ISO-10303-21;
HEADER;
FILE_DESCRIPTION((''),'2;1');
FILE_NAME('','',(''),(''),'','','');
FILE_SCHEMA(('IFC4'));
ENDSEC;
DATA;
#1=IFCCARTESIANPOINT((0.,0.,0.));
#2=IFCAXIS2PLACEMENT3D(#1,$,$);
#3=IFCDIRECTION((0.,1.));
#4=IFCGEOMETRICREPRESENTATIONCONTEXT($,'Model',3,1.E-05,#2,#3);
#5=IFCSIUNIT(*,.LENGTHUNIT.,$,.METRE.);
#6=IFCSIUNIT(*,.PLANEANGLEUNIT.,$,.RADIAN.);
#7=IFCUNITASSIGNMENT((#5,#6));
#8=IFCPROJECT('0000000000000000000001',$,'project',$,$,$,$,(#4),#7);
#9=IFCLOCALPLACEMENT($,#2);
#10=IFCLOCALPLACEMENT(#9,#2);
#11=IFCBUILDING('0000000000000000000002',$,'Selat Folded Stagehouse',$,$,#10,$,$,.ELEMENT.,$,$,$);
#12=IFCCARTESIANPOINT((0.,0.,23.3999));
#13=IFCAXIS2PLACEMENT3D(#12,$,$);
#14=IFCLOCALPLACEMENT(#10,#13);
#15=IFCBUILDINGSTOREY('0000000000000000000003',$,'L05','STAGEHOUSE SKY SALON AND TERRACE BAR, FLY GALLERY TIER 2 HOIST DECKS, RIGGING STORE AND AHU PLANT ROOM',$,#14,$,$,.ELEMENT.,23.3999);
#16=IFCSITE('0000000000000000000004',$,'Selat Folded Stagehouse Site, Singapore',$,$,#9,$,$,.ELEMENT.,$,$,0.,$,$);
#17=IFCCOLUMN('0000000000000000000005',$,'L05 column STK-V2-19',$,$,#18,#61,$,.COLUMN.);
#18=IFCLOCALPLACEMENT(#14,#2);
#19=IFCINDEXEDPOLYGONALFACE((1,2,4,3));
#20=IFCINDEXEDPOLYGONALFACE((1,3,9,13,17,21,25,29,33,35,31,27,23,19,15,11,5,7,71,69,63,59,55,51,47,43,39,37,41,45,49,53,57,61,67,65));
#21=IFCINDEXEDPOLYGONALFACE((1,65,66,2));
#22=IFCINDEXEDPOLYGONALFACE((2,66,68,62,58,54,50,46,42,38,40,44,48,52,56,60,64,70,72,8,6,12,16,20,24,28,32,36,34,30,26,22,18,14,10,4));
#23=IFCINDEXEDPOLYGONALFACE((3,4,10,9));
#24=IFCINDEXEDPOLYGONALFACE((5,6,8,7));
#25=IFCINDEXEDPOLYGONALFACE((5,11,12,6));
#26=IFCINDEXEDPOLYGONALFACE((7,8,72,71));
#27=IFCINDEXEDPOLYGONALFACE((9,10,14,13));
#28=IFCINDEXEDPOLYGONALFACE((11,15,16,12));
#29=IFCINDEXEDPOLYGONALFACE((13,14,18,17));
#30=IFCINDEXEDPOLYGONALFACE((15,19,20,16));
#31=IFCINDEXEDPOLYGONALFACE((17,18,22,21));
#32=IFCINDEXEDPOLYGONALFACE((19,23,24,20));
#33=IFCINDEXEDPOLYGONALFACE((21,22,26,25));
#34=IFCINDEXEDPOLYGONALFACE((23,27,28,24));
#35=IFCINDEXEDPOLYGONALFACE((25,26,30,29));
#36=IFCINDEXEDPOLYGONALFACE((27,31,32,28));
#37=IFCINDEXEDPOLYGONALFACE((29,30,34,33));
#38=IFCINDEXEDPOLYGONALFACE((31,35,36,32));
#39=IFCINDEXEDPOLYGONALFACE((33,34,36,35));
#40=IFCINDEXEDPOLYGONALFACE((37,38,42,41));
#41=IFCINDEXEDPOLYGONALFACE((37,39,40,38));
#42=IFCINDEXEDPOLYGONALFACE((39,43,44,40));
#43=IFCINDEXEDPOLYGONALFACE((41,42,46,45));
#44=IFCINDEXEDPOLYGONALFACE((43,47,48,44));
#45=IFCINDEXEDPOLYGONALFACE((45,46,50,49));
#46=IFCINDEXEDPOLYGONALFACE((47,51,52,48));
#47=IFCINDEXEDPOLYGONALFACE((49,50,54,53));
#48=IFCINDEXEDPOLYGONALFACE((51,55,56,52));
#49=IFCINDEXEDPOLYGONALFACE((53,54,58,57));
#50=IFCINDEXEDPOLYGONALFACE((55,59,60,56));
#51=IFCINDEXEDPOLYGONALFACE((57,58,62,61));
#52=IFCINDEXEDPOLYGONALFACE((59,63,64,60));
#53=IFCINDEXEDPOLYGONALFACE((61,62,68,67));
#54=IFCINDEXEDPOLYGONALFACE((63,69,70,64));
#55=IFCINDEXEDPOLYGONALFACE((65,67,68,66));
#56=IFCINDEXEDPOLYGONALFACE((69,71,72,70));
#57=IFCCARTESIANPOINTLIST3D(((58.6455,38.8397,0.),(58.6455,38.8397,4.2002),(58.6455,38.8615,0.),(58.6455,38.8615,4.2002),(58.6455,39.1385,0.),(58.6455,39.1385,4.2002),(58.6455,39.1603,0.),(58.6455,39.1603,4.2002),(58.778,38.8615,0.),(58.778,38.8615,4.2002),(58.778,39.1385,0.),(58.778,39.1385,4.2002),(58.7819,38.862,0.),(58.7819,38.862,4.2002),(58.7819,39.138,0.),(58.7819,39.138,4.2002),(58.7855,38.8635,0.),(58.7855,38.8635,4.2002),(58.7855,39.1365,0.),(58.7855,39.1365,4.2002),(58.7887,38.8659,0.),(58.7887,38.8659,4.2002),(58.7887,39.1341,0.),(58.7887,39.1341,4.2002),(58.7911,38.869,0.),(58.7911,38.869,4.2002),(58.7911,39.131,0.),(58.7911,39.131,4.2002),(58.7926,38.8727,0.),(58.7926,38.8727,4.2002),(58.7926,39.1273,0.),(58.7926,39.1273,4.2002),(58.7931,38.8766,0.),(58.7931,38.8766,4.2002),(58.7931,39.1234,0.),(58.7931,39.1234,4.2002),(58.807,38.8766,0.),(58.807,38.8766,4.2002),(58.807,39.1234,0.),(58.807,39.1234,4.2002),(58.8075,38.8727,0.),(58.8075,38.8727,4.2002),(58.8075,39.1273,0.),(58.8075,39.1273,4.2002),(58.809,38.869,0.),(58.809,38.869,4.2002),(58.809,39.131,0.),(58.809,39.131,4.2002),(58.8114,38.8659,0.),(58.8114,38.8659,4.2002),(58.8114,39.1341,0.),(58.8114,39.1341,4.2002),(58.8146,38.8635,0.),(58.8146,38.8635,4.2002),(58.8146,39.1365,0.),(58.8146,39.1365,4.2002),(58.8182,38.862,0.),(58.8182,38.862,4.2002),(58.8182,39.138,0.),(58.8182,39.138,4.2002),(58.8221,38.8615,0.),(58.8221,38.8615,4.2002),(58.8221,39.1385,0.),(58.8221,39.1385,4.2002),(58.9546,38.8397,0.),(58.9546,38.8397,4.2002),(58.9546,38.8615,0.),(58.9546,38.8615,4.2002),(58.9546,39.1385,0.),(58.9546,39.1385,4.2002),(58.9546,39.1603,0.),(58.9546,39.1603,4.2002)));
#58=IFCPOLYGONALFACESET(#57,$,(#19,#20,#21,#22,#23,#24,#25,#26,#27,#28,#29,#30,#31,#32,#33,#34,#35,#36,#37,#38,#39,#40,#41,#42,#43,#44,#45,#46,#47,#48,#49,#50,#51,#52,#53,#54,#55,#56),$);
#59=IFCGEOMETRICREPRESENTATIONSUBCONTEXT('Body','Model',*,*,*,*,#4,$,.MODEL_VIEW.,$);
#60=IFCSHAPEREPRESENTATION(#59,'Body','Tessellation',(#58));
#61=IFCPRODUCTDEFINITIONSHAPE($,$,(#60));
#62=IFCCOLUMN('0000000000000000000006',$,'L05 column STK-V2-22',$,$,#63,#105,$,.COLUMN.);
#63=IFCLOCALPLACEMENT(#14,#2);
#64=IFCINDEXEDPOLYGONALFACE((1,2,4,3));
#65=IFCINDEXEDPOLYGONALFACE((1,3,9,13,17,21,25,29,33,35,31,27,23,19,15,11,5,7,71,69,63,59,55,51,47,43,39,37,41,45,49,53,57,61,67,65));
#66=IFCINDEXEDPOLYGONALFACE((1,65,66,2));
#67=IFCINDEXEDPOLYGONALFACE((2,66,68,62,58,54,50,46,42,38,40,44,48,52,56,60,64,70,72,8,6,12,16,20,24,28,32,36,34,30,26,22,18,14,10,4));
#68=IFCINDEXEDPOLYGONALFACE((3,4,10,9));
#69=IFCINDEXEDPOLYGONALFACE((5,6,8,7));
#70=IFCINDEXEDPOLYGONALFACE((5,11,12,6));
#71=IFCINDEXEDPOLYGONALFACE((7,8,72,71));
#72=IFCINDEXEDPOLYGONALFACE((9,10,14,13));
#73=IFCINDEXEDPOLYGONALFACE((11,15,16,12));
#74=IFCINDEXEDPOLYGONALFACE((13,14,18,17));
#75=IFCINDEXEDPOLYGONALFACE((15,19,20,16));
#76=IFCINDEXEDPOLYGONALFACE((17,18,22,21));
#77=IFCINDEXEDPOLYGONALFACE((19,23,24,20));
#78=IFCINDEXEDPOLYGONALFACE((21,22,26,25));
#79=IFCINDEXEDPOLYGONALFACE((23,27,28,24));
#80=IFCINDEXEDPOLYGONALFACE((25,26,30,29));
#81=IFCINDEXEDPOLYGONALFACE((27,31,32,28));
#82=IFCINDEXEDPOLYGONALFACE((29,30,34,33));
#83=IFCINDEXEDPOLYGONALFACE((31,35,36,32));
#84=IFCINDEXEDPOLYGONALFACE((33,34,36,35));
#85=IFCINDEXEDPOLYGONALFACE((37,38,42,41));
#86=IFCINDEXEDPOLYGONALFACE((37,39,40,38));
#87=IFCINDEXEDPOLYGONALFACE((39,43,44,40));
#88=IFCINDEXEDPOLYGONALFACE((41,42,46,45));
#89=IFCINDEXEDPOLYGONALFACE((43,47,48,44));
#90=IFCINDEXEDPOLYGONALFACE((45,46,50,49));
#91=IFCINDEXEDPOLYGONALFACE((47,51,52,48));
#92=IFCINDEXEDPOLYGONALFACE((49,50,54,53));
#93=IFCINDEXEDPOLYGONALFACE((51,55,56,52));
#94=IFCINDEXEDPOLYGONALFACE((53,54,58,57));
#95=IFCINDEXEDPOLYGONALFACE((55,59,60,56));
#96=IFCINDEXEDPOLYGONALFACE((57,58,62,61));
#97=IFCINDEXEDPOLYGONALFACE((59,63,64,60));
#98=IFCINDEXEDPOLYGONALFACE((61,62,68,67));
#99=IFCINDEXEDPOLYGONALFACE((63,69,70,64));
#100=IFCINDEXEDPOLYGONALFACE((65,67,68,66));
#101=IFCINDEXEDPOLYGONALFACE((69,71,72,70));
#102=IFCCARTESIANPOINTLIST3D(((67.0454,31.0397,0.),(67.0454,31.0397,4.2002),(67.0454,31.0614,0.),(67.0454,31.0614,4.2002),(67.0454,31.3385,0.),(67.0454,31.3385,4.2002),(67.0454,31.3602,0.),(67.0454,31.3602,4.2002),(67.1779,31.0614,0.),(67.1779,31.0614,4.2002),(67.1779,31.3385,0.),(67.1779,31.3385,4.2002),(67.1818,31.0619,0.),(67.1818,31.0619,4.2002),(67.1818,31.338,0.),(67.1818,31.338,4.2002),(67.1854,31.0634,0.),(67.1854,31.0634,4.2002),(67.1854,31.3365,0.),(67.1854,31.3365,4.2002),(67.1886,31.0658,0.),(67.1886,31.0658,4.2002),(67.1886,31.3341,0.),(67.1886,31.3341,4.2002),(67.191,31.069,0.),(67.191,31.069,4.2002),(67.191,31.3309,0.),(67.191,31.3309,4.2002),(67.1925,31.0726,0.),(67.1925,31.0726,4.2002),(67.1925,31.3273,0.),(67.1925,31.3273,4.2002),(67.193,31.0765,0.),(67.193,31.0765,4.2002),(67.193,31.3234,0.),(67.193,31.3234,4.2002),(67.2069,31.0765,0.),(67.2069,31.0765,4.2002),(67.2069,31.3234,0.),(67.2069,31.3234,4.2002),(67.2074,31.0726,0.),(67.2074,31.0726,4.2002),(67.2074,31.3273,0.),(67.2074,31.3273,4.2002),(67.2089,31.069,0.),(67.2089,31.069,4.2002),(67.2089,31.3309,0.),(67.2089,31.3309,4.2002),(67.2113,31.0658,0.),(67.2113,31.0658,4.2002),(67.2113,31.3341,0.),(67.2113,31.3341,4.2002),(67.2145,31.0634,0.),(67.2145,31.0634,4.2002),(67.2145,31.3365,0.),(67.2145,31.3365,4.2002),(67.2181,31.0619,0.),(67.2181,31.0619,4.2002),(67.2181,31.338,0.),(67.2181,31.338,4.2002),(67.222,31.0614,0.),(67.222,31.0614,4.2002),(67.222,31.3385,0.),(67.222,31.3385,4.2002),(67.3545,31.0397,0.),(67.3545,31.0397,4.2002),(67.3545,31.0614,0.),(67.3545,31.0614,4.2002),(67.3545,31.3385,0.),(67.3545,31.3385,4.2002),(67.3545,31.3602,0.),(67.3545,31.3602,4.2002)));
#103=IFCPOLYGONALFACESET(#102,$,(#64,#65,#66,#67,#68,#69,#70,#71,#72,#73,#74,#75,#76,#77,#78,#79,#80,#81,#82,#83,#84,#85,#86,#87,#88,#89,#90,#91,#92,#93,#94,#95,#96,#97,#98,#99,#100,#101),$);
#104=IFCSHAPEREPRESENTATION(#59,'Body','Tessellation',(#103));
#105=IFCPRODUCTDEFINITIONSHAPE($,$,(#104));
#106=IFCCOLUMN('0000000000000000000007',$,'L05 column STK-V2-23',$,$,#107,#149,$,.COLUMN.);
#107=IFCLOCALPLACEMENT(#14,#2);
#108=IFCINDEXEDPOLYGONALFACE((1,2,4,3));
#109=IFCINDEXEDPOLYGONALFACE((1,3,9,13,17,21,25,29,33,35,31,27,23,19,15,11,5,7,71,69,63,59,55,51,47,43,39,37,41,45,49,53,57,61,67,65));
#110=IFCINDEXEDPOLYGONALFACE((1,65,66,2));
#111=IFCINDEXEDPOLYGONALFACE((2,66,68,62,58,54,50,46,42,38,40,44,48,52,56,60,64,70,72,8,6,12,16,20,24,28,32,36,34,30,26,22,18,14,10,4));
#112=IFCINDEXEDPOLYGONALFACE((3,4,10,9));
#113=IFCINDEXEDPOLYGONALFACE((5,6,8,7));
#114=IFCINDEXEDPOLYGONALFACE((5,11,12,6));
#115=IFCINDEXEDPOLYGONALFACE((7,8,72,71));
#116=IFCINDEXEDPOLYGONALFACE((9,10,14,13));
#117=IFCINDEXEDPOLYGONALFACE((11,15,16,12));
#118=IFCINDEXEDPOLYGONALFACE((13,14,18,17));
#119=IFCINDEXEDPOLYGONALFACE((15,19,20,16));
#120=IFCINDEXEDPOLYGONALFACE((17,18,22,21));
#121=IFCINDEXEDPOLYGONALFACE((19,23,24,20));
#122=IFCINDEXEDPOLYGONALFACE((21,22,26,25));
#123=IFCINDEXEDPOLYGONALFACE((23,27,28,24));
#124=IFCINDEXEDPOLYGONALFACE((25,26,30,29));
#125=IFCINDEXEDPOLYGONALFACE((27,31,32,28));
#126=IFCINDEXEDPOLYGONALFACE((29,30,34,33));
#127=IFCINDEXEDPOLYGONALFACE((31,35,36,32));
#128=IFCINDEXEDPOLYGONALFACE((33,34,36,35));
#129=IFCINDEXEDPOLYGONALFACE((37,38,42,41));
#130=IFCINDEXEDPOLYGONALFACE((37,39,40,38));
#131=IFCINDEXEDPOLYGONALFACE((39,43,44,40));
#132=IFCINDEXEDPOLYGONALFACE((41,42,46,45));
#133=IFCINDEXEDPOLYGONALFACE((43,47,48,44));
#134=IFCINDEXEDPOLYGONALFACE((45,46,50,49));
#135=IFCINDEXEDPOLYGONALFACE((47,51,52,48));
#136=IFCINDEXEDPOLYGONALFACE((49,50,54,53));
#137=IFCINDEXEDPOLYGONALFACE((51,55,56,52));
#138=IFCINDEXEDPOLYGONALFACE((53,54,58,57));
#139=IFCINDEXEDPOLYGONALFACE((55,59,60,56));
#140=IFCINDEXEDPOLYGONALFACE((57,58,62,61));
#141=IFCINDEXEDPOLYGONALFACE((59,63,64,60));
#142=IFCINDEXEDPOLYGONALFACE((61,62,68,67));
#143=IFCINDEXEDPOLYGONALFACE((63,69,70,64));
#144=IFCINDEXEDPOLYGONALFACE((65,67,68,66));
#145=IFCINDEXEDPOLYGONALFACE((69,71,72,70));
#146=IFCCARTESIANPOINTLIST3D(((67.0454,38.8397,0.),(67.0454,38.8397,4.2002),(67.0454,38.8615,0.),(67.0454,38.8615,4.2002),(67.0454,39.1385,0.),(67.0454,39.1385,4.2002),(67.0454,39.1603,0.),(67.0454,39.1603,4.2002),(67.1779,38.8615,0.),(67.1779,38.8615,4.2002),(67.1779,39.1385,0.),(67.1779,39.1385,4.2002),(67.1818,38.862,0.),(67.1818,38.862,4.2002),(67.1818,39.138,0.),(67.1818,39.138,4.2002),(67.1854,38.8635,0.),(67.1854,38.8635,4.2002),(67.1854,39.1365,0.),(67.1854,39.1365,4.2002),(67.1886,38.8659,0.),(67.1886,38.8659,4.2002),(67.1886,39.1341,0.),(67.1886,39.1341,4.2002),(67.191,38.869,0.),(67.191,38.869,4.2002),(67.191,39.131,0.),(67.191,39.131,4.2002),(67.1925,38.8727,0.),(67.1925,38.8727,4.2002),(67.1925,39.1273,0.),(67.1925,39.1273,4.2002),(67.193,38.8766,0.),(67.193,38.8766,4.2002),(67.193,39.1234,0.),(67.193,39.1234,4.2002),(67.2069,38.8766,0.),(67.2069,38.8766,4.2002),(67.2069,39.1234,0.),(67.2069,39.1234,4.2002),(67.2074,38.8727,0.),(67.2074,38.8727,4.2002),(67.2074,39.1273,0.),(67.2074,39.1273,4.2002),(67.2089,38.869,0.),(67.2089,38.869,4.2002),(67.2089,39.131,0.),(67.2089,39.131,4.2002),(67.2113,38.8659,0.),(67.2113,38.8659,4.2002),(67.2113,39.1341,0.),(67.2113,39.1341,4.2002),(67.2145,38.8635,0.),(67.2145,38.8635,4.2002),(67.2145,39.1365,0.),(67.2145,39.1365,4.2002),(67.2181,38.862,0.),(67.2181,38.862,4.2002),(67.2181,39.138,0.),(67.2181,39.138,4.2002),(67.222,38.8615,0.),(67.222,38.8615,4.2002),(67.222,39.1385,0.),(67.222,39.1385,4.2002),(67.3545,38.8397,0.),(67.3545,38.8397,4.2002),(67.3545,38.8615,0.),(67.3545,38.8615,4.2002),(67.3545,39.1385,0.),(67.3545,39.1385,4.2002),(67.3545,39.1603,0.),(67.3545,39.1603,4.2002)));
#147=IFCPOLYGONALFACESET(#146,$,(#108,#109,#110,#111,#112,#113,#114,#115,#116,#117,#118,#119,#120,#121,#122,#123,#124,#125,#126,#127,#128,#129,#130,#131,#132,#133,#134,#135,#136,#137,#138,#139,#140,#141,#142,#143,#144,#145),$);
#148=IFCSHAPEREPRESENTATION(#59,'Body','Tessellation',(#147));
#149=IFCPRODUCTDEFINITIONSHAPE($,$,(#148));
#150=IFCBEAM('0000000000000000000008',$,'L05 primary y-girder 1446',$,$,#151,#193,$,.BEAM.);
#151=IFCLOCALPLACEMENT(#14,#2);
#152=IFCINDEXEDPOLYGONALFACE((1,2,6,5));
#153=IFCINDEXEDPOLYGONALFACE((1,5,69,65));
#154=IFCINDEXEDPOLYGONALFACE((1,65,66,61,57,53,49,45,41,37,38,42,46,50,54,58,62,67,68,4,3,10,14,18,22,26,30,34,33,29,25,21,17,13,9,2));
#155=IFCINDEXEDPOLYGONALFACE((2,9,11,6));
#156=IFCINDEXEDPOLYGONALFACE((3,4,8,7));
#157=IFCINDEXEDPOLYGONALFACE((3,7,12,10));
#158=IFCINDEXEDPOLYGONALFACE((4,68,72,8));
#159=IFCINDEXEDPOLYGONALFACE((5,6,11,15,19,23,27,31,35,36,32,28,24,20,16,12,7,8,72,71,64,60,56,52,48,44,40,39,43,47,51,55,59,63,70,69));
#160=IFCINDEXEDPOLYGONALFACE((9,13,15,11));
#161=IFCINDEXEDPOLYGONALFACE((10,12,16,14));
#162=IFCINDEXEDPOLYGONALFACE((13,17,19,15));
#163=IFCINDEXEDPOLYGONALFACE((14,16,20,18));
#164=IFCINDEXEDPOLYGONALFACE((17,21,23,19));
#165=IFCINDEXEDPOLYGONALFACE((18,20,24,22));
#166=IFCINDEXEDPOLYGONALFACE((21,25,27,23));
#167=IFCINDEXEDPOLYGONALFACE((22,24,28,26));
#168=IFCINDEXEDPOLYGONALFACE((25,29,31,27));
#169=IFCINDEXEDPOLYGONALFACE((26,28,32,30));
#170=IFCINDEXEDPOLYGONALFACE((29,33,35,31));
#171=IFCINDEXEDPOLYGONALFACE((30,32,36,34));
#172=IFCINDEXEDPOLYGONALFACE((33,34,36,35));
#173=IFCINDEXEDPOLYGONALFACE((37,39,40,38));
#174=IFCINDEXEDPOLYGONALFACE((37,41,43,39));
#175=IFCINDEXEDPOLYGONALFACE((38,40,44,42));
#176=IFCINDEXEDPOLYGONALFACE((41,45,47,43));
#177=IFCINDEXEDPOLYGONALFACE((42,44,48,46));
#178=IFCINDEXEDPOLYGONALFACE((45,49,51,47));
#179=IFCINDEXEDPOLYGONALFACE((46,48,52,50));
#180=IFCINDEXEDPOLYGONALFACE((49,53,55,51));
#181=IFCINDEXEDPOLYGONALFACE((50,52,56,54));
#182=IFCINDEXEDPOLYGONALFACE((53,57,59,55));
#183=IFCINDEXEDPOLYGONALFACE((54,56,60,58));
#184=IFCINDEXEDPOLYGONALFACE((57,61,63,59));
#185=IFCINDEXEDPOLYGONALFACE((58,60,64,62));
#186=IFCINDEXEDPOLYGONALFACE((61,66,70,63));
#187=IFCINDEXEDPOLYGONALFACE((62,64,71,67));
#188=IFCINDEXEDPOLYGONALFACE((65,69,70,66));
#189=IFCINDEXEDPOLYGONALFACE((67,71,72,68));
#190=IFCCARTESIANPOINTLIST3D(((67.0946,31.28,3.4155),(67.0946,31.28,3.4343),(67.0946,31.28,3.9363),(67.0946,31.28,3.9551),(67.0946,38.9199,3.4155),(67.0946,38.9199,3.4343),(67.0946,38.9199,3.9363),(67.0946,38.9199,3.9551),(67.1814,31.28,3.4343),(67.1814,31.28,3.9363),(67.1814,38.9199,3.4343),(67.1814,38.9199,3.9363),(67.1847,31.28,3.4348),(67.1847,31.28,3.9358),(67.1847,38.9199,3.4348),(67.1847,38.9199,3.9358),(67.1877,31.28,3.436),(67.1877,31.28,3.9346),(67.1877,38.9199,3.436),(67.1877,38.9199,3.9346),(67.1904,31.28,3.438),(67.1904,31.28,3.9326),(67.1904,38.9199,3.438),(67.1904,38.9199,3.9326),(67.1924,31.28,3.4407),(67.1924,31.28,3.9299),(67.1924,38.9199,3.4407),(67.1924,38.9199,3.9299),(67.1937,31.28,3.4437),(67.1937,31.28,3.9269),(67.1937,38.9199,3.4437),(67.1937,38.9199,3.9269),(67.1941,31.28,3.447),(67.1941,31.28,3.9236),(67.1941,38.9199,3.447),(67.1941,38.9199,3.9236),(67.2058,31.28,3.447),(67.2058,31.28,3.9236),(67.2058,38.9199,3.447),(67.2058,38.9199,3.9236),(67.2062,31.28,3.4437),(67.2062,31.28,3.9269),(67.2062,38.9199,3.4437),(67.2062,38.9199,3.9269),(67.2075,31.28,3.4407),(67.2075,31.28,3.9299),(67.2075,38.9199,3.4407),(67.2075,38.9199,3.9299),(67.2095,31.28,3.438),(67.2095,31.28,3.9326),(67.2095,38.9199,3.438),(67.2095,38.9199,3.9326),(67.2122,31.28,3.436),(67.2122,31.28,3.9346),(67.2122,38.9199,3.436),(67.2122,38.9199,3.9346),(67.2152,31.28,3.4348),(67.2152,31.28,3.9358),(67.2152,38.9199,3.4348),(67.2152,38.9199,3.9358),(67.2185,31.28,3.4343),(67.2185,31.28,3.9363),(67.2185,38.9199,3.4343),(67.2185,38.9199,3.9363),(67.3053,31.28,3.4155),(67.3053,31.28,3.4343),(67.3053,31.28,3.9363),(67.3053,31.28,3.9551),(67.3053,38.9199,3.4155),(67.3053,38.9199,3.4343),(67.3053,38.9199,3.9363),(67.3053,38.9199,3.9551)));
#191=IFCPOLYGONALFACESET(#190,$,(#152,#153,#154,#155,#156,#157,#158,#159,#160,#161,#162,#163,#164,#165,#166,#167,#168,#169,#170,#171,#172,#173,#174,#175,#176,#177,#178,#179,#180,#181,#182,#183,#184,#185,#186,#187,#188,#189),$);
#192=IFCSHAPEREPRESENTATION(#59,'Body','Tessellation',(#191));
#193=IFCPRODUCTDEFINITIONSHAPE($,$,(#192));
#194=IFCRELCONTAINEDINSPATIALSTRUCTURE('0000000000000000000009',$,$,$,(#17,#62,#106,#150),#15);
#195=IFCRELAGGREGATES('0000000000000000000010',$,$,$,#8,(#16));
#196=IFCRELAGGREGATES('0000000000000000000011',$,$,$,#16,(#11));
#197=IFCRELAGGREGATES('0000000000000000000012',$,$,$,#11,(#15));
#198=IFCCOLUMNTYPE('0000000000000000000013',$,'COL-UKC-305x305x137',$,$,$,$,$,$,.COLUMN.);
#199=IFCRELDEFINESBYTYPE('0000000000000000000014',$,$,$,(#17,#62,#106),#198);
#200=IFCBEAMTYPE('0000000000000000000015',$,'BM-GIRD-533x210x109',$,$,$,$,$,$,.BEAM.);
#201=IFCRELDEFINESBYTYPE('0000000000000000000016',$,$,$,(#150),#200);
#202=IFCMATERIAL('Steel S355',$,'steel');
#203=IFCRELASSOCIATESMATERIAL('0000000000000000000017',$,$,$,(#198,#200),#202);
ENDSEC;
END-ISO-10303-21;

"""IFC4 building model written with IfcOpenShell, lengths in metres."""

from ifc_helpers import new_model, si_unit, direction, frame, origin, origin_2d, place, context, subcontext, project, spatial, i_section, extrude, material, material_profile, profile_set, type_object, element, save


model = new_model("IFC4")

# Units and contexts
model_context = context("Model", 3, precision=1e-05, world=origin(), true_north=direction((0.0, 1.0)))
body_context = subcontext(model_context, "Body", "Model", "MODEL_VIEW")
ifc_project = project(units=[si_unit("LENGTHUNIT", "METRE"), si_unit("PLANEANGLEUNIT", "RADIAN")], contexts=[model_context])

# Site, building, storey
site_placement = place(None, origin())
site = spatial("IfcSite", under=ifc_project, at=site_placement, Name="Selat Folded Stagehouse Site, Singapore", CompositionType="ELEMENT", RefElevation=0.0)
building_placement = place(site_placement, origin())
building = spatial("IfcBuilding", under=site, at=building_placement, Name="Selat Folded Stagehouse", CompositionType="ELEMENT")
storey_placement = place(building_placement, frame((0.0, 0.0, 23.3999)))
storey = spatial("IfcBuildingStorey", under=building, at=storey_placement, Name="L05", Description="STAGEHOUSE SKY SALON AND TERRACE BAR, FLY GALLERY TIER 2 HOIST DECKS, RIGGING STORE AND AHU PLANT ROOM", CompositionType="ELEMENT", Elevation=23.3999)

# Columns
ifc_material_1 = material(Name="Steel S355", Category="steel")
ifc_material_profile_1 = material_profile(ifc_material_1, i_section(OverallWidth=0.3091, OverallDepth=0.3206, WebThickness=0.0139, FlangeThickness=0.0217, FilletRadius=0.0151, at=origin_2d()), Name="UKC 305x305x137")
ifc_profile_set_1 = profile_set([ifc_material_profile_1], Name="Steel S355")
column_type = type_object("IfcColumnType", Name="COL-UKC-305x305x137", PredefinedType="COLUMN", material=ifc_profile_set_1)
for number, where, z_axis, x_axis, name in (
    (1, (58.8, 39.0, 0.0), (0.0, 0.0, 1.0), (1.0, 0.0, 0.0), "L05 column STK-V2-19"),
    (2, (67.2, 31.2, 0.0), (0.0, 0.0, 1.0), (1.0, 0.0, 0.0), "L05 column STK-V2-22"),
    (3, (67.2, 39.0, 0.0), (0.0, 0.0, 1.0), (1.0, 0.0, 0.0), "L05 column STK-V2-23"),
):
    element("IfcColumn", number, at=place(storey_placement, frame(where, z_axis=z_axis, x_axis=x_axis)), inside=storey, type_object=column_type, Name=name, PredefinedType="COLUMN", context=body_context, shape_type="SweptSolid", body=[
        extrude(i_section(OverallWidth=0.3091, OverallDepth=0.3206, WebThickness=0.0139, FlangeThickness=0.0217, FilletRadius=0.0151, at=origin_2d()), origin(), (0.0, 0.0, 1.0), 4.2002),
    ])

# Beam
ifc_material_profile_2 = material_profile(ifc_material_1, i_section(OverallWidth=0.2107, OverallDepth=0.5396, WebThickness=0.0117, FlangeThickness=0.0188, FilletRadius=0.0127, at=origin_2d()), Name="UKB 533x210x109")
ifc_profile_set_2 = profile_set([ifc_material_profile_2], Name="Steel S355")
beam_type_1 = type_object("IfcBeamType", Name="BM-GIRD-533x210x109", PredefinedType="BEAM", material=ifc_profile_set_2)
beam_1_placement = place(storey_placement, frame((67.2, 31.28, 3.6853), z_axis=(0.0, 1.0, 0.0), x_axis=(-1.0, 0.0, 0.0)))
element("IfcBeam", 4, at=beam_1_placement, inside=storey, type_object=beam_type_1, Name="L05 primary y-girder 1446", PredefinedType="BEAM", context=body_context, shape_type="SweptSolid", body=[
    extrude(i_section(OverallWidth=0.2107, OverallDepth=0.5396, WebThickness=0.0117, FlangeThickness=0.0188, FilletRadius=0.0127, at=origin_2d()), origin(), (0.0, 0.0, 1.0), 7.6399),
])

save(model, "model.ifc")
